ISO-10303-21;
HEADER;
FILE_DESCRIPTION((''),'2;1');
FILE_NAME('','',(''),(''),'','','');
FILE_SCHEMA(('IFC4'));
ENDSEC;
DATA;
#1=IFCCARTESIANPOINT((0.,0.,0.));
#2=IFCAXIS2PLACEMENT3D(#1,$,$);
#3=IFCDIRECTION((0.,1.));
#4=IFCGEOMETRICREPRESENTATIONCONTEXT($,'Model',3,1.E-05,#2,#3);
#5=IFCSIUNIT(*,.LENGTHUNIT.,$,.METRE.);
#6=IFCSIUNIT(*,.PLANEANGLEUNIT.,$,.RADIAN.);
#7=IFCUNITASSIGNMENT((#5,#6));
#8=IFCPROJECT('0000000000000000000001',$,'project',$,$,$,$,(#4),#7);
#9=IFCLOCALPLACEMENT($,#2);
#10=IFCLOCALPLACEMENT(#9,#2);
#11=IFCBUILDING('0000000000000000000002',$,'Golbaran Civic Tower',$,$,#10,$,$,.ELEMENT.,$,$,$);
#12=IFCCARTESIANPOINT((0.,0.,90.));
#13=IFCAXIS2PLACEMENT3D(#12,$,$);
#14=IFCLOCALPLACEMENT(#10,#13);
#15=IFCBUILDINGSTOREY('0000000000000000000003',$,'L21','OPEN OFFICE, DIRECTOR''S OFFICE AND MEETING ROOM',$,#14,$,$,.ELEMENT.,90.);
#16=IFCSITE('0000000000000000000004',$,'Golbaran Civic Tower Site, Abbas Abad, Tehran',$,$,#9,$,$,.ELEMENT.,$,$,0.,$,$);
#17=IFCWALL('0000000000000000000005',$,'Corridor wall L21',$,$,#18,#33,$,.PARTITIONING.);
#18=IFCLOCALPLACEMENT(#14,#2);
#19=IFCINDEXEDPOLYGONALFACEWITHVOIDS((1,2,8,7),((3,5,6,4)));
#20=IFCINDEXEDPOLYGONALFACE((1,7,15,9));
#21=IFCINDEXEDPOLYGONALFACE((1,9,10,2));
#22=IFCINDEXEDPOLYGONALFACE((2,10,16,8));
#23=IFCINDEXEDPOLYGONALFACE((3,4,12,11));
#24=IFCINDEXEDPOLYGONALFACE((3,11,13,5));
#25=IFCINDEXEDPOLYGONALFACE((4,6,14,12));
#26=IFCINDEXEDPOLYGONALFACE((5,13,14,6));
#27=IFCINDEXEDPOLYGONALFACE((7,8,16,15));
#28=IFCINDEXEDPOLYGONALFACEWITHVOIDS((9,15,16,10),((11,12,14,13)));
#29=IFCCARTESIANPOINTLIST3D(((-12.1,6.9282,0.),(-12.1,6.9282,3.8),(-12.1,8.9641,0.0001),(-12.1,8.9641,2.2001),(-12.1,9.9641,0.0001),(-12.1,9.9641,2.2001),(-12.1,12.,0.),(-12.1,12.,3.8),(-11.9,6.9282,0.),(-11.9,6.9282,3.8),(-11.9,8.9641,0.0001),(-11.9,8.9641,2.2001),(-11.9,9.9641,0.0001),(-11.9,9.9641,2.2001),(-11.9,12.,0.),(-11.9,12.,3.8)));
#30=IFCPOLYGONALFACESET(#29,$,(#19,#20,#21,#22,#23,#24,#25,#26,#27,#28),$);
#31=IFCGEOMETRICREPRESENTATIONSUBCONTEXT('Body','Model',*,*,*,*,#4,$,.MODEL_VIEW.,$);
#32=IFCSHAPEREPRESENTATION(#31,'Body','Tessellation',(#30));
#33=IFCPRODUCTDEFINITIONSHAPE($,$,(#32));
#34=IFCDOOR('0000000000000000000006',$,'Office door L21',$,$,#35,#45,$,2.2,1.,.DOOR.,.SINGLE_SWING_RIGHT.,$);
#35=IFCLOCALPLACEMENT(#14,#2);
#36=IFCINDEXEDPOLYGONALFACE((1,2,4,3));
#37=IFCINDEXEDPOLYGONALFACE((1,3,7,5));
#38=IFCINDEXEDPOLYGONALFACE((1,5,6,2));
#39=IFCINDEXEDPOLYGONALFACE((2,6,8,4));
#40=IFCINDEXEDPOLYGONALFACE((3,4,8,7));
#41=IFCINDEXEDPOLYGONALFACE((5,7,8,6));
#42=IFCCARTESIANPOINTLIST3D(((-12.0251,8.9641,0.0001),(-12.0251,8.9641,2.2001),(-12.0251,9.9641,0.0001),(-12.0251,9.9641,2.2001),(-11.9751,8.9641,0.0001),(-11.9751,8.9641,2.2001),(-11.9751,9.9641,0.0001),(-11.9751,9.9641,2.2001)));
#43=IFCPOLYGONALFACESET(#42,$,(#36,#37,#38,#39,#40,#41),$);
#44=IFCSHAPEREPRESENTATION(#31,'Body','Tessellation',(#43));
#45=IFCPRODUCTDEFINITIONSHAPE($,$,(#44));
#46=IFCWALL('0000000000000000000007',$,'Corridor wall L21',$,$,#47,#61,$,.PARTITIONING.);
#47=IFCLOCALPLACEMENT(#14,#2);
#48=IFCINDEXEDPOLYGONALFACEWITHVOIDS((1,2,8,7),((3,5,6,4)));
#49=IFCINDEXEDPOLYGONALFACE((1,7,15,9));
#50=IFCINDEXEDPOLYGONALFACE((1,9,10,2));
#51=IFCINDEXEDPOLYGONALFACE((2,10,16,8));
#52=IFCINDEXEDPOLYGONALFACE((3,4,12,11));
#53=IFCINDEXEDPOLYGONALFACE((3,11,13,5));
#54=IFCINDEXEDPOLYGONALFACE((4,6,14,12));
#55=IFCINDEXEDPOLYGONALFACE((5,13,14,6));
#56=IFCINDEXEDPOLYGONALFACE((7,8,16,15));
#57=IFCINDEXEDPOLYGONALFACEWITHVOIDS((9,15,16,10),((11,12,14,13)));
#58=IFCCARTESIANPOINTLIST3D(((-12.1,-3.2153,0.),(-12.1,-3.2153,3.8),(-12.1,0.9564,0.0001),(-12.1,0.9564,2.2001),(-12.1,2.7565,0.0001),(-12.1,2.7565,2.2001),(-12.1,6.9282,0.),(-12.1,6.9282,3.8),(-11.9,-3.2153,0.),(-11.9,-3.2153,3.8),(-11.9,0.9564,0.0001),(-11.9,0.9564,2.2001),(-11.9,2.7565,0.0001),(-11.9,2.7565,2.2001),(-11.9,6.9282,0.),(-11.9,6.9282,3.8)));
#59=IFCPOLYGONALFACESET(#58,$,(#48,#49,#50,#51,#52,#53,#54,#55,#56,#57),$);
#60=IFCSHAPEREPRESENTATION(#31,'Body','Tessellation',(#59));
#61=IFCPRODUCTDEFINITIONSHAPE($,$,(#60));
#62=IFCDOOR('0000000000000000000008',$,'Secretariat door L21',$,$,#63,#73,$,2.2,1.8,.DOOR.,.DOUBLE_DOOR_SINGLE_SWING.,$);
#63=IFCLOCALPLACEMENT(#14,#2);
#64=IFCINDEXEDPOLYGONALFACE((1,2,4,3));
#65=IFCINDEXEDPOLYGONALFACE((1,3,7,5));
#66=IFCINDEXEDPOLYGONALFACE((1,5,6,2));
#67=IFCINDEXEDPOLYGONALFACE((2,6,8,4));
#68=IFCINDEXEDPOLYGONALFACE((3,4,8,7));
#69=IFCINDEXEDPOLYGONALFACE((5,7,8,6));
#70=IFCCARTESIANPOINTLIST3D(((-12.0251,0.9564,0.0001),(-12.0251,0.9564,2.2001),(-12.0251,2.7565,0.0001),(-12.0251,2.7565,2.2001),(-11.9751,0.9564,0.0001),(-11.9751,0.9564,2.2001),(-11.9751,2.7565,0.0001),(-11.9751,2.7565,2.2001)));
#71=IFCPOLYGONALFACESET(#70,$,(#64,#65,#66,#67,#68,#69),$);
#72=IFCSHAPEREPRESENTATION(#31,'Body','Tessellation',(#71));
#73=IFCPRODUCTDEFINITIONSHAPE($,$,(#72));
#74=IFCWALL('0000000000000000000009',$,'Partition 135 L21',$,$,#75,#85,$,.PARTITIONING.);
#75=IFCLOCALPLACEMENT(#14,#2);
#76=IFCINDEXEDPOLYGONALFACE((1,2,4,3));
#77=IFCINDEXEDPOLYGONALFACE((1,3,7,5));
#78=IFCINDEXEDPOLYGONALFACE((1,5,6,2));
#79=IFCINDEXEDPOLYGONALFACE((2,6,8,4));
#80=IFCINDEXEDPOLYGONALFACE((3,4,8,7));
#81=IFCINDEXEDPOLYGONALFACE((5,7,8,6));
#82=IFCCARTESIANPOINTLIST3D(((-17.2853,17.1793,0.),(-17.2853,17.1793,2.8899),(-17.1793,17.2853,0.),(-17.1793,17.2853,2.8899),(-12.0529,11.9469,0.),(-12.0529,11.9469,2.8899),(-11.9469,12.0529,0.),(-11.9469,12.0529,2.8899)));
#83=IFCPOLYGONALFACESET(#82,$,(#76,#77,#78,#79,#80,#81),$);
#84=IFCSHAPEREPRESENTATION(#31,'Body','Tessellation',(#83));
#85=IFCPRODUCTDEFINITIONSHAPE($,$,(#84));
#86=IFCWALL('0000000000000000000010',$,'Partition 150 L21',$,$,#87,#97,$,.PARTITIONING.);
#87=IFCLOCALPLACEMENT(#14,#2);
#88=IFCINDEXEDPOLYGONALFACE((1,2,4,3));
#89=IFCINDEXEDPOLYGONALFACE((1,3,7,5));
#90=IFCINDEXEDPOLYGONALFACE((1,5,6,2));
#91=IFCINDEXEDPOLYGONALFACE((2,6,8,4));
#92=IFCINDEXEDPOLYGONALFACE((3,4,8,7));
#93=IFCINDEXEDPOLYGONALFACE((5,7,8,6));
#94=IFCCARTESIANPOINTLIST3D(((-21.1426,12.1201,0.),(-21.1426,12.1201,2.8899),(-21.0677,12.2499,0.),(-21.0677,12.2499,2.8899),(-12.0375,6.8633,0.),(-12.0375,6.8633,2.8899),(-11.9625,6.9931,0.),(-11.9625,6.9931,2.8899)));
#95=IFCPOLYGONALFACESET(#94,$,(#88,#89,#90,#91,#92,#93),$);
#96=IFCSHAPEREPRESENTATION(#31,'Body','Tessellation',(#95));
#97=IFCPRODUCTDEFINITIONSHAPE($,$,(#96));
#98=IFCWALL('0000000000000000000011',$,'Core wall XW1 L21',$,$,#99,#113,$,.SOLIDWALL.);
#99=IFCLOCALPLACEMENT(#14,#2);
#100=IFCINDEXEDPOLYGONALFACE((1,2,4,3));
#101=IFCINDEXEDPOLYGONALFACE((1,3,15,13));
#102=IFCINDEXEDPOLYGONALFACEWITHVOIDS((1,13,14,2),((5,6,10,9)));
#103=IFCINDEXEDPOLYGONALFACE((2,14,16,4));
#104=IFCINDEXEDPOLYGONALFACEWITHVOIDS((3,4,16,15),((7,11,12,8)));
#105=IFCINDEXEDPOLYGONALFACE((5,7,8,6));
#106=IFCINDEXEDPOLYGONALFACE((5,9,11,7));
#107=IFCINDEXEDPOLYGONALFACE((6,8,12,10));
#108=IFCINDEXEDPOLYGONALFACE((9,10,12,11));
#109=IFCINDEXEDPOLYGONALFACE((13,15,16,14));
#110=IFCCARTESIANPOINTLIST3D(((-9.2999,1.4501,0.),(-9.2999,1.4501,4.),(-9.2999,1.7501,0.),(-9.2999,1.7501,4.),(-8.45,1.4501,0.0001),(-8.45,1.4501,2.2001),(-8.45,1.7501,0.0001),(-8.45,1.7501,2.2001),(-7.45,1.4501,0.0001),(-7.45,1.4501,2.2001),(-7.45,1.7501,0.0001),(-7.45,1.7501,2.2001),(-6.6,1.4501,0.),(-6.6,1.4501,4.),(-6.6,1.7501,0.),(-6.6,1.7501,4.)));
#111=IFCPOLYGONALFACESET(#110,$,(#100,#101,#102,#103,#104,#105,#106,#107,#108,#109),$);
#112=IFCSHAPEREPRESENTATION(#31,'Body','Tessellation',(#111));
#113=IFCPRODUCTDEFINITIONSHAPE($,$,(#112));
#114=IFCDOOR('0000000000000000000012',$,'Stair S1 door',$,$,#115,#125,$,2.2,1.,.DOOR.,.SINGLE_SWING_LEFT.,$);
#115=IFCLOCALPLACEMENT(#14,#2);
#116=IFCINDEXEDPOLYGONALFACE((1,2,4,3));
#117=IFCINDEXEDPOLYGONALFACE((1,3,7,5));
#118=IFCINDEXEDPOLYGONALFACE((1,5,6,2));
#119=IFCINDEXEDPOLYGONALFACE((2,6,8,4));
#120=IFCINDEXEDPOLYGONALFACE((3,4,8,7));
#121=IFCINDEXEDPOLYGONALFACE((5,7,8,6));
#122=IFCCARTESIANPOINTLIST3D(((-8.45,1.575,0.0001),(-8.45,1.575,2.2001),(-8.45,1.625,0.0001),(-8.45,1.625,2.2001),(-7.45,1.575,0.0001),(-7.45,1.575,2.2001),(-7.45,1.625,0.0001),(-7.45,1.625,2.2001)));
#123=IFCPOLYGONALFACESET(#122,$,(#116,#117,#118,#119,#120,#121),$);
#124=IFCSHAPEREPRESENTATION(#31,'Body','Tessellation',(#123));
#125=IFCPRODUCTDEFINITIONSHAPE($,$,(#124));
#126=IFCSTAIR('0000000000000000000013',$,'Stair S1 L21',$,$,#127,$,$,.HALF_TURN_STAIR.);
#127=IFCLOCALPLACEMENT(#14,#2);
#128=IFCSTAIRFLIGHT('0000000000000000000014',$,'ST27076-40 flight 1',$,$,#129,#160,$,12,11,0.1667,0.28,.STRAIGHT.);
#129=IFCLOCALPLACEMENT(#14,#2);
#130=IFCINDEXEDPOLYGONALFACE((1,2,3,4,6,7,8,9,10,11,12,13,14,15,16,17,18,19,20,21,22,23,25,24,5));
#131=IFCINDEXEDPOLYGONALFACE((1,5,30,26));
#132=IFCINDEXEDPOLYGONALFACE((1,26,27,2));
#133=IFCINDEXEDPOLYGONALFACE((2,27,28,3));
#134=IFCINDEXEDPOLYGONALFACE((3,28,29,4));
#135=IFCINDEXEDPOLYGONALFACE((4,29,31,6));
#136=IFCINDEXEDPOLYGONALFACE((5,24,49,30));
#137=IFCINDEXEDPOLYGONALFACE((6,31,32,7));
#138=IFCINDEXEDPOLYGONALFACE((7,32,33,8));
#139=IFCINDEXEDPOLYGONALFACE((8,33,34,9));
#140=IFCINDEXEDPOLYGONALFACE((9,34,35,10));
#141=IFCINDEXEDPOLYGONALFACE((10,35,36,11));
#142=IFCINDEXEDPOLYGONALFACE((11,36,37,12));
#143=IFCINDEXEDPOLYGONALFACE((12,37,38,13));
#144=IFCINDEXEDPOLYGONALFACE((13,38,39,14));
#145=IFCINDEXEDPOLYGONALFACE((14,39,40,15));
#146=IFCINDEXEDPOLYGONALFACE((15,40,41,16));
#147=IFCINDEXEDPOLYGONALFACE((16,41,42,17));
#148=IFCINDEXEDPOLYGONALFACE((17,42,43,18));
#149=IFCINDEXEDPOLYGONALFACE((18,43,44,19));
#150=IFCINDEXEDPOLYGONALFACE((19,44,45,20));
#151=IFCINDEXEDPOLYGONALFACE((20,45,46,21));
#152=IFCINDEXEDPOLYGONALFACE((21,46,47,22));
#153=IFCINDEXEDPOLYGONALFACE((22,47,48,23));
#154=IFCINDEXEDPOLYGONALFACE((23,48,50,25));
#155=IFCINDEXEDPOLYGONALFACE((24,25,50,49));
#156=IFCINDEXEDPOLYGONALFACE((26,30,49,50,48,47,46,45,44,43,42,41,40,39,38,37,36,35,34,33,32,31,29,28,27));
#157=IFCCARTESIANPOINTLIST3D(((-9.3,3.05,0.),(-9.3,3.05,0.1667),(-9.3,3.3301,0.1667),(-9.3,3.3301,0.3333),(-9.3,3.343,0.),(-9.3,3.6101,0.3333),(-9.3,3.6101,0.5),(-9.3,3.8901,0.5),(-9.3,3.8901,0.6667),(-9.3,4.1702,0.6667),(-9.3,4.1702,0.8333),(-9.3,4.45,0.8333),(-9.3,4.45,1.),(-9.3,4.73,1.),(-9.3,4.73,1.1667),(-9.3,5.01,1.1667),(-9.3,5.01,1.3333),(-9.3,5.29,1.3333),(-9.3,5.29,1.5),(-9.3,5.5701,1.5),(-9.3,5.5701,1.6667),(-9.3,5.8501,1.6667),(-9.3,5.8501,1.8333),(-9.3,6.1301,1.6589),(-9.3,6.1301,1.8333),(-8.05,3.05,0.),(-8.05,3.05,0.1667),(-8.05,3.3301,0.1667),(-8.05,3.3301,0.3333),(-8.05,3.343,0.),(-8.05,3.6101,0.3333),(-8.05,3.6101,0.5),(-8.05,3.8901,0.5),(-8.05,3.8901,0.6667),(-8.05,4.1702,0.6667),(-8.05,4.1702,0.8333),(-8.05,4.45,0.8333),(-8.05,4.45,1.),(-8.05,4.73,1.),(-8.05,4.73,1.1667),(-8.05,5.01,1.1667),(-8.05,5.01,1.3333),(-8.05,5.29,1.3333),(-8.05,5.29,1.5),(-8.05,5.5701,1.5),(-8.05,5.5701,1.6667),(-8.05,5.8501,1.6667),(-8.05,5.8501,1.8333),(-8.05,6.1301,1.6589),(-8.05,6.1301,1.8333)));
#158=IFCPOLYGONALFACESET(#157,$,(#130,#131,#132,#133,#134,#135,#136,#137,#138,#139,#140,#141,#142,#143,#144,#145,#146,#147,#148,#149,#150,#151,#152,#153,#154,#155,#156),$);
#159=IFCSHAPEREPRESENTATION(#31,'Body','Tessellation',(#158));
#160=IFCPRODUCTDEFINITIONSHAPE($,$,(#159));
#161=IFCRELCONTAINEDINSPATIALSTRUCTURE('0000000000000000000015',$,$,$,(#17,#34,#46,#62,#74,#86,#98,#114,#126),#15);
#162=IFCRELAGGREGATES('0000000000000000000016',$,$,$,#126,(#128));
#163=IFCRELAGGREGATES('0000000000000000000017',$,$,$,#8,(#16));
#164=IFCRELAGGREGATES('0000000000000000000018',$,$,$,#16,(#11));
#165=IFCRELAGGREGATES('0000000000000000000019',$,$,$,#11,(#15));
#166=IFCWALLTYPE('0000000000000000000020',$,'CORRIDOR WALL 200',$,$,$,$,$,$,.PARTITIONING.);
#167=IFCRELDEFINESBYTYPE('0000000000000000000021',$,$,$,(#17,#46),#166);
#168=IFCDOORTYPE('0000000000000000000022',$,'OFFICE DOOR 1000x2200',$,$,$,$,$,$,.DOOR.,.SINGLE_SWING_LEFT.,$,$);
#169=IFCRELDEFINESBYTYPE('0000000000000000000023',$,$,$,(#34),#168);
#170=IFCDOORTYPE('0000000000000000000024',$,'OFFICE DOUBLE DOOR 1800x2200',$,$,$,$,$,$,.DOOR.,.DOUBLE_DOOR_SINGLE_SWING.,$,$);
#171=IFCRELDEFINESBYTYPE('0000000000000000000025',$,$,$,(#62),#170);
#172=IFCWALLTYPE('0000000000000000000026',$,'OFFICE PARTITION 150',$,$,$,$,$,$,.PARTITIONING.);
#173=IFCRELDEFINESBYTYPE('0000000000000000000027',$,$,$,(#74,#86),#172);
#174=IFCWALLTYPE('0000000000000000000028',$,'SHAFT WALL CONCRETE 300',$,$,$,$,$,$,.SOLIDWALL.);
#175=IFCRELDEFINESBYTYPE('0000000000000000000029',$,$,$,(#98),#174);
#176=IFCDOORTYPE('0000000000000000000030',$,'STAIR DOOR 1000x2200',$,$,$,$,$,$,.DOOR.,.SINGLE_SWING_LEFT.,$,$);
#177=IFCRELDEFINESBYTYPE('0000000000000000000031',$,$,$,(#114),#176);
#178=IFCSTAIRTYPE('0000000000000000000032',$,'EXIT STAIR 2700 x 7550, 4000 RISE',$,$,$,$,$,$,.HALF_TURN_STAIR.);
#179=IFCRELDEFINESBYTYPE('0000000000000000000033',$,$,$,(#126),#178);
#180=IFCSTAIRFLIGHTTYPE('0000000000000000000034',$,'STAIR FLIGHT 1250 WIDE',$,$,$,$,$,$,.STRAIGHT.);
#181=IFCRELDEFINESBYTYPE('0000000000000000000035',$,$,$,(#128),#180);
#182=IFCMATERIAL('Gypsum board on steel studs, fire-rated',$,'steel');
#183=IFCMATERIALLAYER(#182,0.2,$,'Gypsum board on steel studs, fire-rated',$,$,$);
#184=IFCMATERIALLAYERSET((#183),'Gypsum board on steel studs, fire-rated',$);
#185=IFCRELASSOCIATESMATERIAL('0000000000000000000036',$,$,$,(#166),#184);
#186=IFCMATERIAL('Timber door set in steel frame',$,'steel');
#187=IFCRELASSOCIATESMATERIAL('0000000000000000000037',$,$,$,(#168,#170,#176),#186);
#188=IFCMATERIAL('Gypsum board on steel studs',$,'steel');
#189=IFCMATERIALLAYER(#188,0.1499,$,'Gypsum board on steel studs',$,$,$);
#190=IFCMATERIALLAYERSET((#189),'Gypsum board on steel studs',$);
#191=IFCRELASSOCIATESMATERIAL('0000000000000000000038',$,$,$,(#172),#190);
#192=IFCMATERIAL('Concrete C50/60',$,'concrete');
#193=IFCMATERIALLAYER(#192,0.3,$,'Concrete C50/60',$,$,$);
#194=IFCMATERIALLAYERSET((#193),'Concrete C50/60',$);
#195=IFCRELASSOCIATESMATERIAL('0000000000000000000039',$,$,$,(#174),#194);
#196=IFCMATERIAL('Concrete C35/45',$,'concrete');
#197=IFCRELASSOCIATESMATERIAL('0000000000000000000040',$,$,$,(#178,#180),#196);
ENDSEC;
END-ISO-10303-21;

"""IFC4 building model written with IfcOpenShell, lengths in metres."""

from ifc_helpers import new_model, si_unit, direction, frame, frame_2d, origin, place, context, subcontext, project, spatial, polyline, rectangle, outline, extrude, material, layer, layer_set, type_object, element, fill, aggregate, save


model = new_model("IFC4")

# Units and contexts
model_context = context("Model", 3, precision=1e-05, world=origin(), true_north=direction((0.0, 1.0)))
body_context = subcontext(model_context, "Body", "Model", "MODEL_VIEW")
ifc_project = project(units=[si_unit("LENGTHUNIT", "METRE"), si_unit("PLANEANGLEUNIT", "RADIAN")], contexts=[model_context])

# Site, building, storey
site_placement = place(None, origin())
site = spatial("IfcSite", under=ifc_project, at=site_placement, Name="Golbaran Civic Tower Site, Abbas Abad, Tehran", CompositionType="ELEMENT", RefElevation=0.0)
building_placement = place(site_placement, origin())
building = spatial("IfcBuilding", under=site, at=building_placement, Name="Golbaran Civic Tower", CompositionType="ELEMENT")
storey_placement = place(building_placement, frame((0.0, 0.0, 90.0)))
storey = spatial("IfcBuildingStorey", under=building, at=storey_placement, Name="L21", Description="OPEN OFFICE, DIRECTOR'S OFFICE AND MEETING ROOM", CompositionType="ELEMENT", Elevation=90.0)

# Shared definitions
ifc_material_1 = material(Name="Concrete C50/60", Category="concrete")
ifc_material_2 = material(Name="Timber door set in steel frame", Category="steel")

# Walls, openings, doors
ifc_material_3 = material(Name="Gypsum board on steel studs, fire-rated", Category="steel")
ifc_layer_1 = layer(ifc_material_3, 0.2, Name="Gypsum board on steel studs, fire-rated")
ifc_layer_set_1 = layer_set([ifc_layer_1], Name="Gypsum board on steel studs, fire-rated")
wall_type_1 = type_object("IfcWallType", Name="CORRIDOR WALL 200", PredefinedType="PARTITIONING", material=ifc_layer_set_1)
wall_1_placement = place(storey_placement, frame((-12.0, 12.0, 0.0), z_axis=(0.0, 0.0, 1.0), x_axis=(0.0, -1.0, 0.0)))
wall_1 = element("IfcWall", 1, at=wall_1_placement, inside=storey, type_object=wall_type_1, Name="Corridor wall L21", PredefinedType="PARTITIONING", context=body_context, shape_type="SweptSolid", body=[
    extrude(rectangle(XDim=5.0718, YDim=0.2, at=frame_2d((2.5359, 0.0))), origin(), (0.0, 0.0, 1.0), 3.8),
])
opening_1_placement = place(wall_1_placement, frame((2.0359, 0.0, 0.0)))
opening_1 = element("IfcOpeningElement", 2, at=opening_1_placement, cuts=wall_1, PredefinedType="OPENING", context=body_context, shape_type="SweptSolid", body=[
    extrude(rectangle(XDim=1.0, YDim=2.2, at=frame_2d((0.5, 1.1001))), frame((0.0, 0.1099, 0.0), z_axis=(0.0, -1.0, 0.0), x_axis=(1.0, 0.0, 0.0)), (0.0, 0.0, 1.0), 0.22),
])
door_type_1 = type_object("IfcDoorType", Name="OFFICE DOOR 1000x2200", OperationType="SINGLE_SWING_LEFT", PredefinedType="DOOR", material=ifc_material_2)
door_1_placement = place(opening_1_placement, origin())
door_1 = element("IfcDoor", 3, at=door_1_placement, inside=storey, type_object=door_type_1, Name="Office door L21", OperationType="SINGLE_SWING_RIGHT", OverallHeight=2.2, OverallWidth=1.0, PredefinedType="DOOR", context=body_context, shape_type="SweptSolid", body=[
    extrude(rectangle(XDim=1.0, YDim=2.2, at=frame_2d((0.5, 1.1001))), frame((0.0, 0.0249, 0.0), z_axis=(0.0, -1.0, 0.0), x_axis=(1.0, 0.0, 0.0)), (0.0, 0.0, 1.0), 0.05),
])
fill(opening_1, door_1)
wall_2_placement = place(storey_placement, frame((-12.0, 6.9282, 0.0), z_axis=(0.0, 0.0, 1.0), x_axis=(0.0, -1.0, 0.0)))
wall_2 = element("IfcWall", 4, at=wall_2_placement, inside=storey, type_object=wall_type_1, Name="Corridor wall L21", PredefinedType="PARTITIONING", context=body_context, shape_type="SweptSolid", body=[
    extrude(rectangle(XDim=10.1436, YDim=0.2, at=frame_2d((5.0718, 0.0))), origin(), (0.0, 0.0, 1.0), 3.8),
])
opening_2_placement = place(wall_2_placement, frame((4.1719, 0.0, 0.0)))
opening_2 = element("IfcOpeningElement", 5, at=opening_2_placement, cuts=wall_2, PredefinedType="OPENING", context=body_context, shape_type="SweptSolid", body=[
    extrude(rectangle(XDim=1.8, YDim=2.2, at=frame_2d((0.8999, 1.1001))), frame((0.0, 0.1099, 0.0), z_axis=(0.0, -1.0, 0.0), x_axis=(1.0, 0.0, 0.0)), (0.0, 0.0, 1.0), 0.22),
])
door_type_2 = type_object("IfcDoorType", Name="OFFICE DOUBLE DOOR 1800x2200", OperationType="DOUBLE_DOOR_SINGLE_SWING", PredefinedType="DOOR", material=ifc_material_2)
door_2_placement = place(opening_2_placement, origin())
door_2 = element("IfcDoor", 6, at=door_2_placement, inside=storey, type_object=door_type_2, Name="Secretariat door L21", OperationType="DOUBLE_DOOR_SINGLE_SWING", OverallHeight=2.2, OverallWidth=1.8, PredefinedType="DOOR", context=body_context, shape_type="SweptSolid", body=[
    extrude(rectangle(XDim=1.8, YDim=2.2, at=frame_2d((0.8999, 1.1001))), frame((0.0, 0.0249, 0.0), z_axis=(0.0, -1.0, 0.0), x_axis=(1.0, 0.0, 0.0)), (0.0, 0.0, 1.0), 0.05),
])
fill(opening_2, door_2)

# Walls
ifc_material_4 = material(Name="Gypsum board on steel studs", Category="steel")
ifc_layer_2 = layer(ifc_material_4, 0.1499, Name="Gypsum board on steel studs")
ifc_layer_set_2 = layer_set([ifc_layer_2], Name="Gypsum board on steel studs")
wall_type_2 = type_object("IfcWallType", Name="OFFICE PARTITION 150", PredefinedType="PARTITIONING", material=ifc_layer_set_2)
wall_3_placement = place(storey_placement, frame((-12.0, 12.0, 0.0), z_axis=(0.0, 0.0, 1.0), x_axis=(-0.707107, 0.707107, 0.0)))
element("IfcWall", 7, at=wall_3_placement, inside=storey, type_object=wall_type_2, Name="Partition 135 L21", PredefinedType="PARTITIONING", context=body_context, shape_type="SweptSolid", body=[
    extrude(rectangle(XDim=7.3997, YDim=0.1499, at=frame_2d((3.6997, 0.0))), origin(), (0.0, 0.0, 1.0), 2.8899),
])
wall_4_placement = place(storey_placement, frame((-12.0, 6.9282, 0.0), z_axis=(0.0, 0.0, 1.0), x_axis=(-0.866028, 0.499995, 0.0)))
element("IfcWall", 8, at=wall_4_placement, inside=storey, type_object=wall_type_2, Name="Partition 150 L21", PredefinedType="PARTITIONING", context=body_context, shape_type="SweptSolid", body=[
    extrude(rectangle(XDim=10.5137, YDim=0.1499, at=frame_2d((5.2568, 0.0))), origin(), (0.0, 0.0, 1.0), 2.8899),
])

# Wall, opening, door
ifc_layer_3 = layer(ifc_material_1, 0.3, Name="Concrete C50/60")
ifc_layer_set_3 = layer_set([ifc_layer_3], Name="Concrete C50/60")
wall_type_3 = type_object("IfcWallType", Name="SHAFT WALL CONCRETE 300", PredefinedType="SOLIDWALL", material=ifc_layer_set_3)
wall_5_placement = place(storey_placement, frame((-9.3, 1.6001, 0.0), z_axis=(0.0, 0.0, 1.0), x_axis=(1.0, 0.0, 0.0)))
wall_5 = element("IfcWall", 9, at=wall_5_placement, inside=storey, type_object=wall_type_3, Name="Core wall XW1 L21", PredefinedType="SOLIDWALL", context=body_context, shape_type="SweptSolid", body=[
    extrude(rectangle(XDim=2.7, YDim=0.3, at=frame_2d((1.3501, 0.0))), origin(), (0.0, 0.0, 1.0), 4.0),
])
opening_3_placement = place(wall_5_placement, frame((0.8501, 0.0, 0.0)))
opening_3 = element("IfcOpeningElement", 10, at=opening_3_placement, cuts=wall_5, PredefinedType="OPENING", context=body_context, shape_type="SweptSolid", body=[
    extrude(rectangle(XDim=1.0, YDim=2.2, at=frame_2d((0.5, 1.1001))), frame((0.0, 0.1599, 0.0), z_axis=(0.0, -1.0, 0.0), x_axis=(1.0, 0.0, 0.0)), (0.0, 0.0, 1.0), 0.3201),
])
door_type_3 = type_object("IfcDoorType", Name="STAIR DOOR 1000x2200", OperationType="SINGLE_SWING_LEFT", PredefinedType="DOOR", material=ifc_material_2)
door_3_placement = place(opening_3_placement, origin())
door_3 = element("IfcDoor", 11, at=door_3_placement, inside=storey, type_object=door_type_3, Name="Stair S1 door", OperationType="SINGLE_SWING_LEFT", OverallHeight=2.2, OverallWidth=1.0, PredefinedType="DOOR", context=body_context, shape_type="SweptSolid", body=[
    extrude(rectangle(XDim=1.0, YDim=2.2, at=frame_2d((0.5, 1.1001))), frame((0.0, 0.0249, 0.0), z_axis=(0.0, -1.0, 0.0), x_axis=(1.0, 0.0, 0.0)), (0.0, 0.0, 1.0), 0.05),
])
fill(opening_3, door_3)

# Stair, stair flight
ifc_material_5 = material(Name="Concrete C35/45", Category="concrete")
stair_type = type_object("IfcStairType", Name="EXIT STAIR 2700 x 7550, 4000 RISE", PredefinedType="HALF_TURN_STAIR", material=ifc_material_5)
stair_placement = place(storey_placement, origin())
stair = element("IfcStair", 12, at=stair_placement, inside=storey, type_object=stair_type, Name="Stair S1 L21", PredefinedType="HALF_TURN_STAIR")
stair_flight_type = type_object("IfcStairFlightType", Name="STAIR FLIGHT 1250 WIDE", PredefinedType="STRAIGHT", material=ifc_material_5)
stair_flight_placement = place(storey_placement, frame((-8.675, 3.05, 0.0), z_axis=(0.0, 0.0, 1.0), x_axis=(0.0, 1.0, 0.0)))
stair_flight = element("IfcStairFlight", 13, at=stair_flight_placement, type_object=stair_flight_type, Name="ST27076-40 flight 1", NumberOfRisers=12, NumberOfTreads=11, PredefinedType="STRAIGHT", RiserHeight=0.1667, TreadLength=0.28, context=body_context, shape_type="SweptSolid", body=[
    extrude(outline(polyline([(0.0, 0.0), (0.0, 0.1667), (0.28, 0.1667), (0.28, 0.3333), (0.5601, 0.3333), (0.5601, 0.5), (0.8401, 0.5), (0.8401, 0.6667), (1.1201, 0.6667), (1.1201, 0.8333), (1.3999, 0.8333), (1.3999, 1.0), (1.6799, 1.0), (1.6799, 1.1667), (1.96, 1.1667), (1.96, 1.3333), (2.24, 1.3333), (2.24, 1.5), (2.52, 1.5), (2.52, 1.6667), (2.8, 1.6667), (2.8, 1.8333), (3.0801, 1.8333), (3.0801, 2.0), (3.0801, 1.6589), (0.293, 0.0), (0.0, 0.0)])), frame((0.0, 0.625, 0.0), z_axis=(0.0, -1.0, 0.0), x_axis=(1.0, 0.0, 0.0)), (0.0, 0.0, 1.0), 1.25),
])
aggregate(stair, [stair_flight])

save(model, "model.ifc")
